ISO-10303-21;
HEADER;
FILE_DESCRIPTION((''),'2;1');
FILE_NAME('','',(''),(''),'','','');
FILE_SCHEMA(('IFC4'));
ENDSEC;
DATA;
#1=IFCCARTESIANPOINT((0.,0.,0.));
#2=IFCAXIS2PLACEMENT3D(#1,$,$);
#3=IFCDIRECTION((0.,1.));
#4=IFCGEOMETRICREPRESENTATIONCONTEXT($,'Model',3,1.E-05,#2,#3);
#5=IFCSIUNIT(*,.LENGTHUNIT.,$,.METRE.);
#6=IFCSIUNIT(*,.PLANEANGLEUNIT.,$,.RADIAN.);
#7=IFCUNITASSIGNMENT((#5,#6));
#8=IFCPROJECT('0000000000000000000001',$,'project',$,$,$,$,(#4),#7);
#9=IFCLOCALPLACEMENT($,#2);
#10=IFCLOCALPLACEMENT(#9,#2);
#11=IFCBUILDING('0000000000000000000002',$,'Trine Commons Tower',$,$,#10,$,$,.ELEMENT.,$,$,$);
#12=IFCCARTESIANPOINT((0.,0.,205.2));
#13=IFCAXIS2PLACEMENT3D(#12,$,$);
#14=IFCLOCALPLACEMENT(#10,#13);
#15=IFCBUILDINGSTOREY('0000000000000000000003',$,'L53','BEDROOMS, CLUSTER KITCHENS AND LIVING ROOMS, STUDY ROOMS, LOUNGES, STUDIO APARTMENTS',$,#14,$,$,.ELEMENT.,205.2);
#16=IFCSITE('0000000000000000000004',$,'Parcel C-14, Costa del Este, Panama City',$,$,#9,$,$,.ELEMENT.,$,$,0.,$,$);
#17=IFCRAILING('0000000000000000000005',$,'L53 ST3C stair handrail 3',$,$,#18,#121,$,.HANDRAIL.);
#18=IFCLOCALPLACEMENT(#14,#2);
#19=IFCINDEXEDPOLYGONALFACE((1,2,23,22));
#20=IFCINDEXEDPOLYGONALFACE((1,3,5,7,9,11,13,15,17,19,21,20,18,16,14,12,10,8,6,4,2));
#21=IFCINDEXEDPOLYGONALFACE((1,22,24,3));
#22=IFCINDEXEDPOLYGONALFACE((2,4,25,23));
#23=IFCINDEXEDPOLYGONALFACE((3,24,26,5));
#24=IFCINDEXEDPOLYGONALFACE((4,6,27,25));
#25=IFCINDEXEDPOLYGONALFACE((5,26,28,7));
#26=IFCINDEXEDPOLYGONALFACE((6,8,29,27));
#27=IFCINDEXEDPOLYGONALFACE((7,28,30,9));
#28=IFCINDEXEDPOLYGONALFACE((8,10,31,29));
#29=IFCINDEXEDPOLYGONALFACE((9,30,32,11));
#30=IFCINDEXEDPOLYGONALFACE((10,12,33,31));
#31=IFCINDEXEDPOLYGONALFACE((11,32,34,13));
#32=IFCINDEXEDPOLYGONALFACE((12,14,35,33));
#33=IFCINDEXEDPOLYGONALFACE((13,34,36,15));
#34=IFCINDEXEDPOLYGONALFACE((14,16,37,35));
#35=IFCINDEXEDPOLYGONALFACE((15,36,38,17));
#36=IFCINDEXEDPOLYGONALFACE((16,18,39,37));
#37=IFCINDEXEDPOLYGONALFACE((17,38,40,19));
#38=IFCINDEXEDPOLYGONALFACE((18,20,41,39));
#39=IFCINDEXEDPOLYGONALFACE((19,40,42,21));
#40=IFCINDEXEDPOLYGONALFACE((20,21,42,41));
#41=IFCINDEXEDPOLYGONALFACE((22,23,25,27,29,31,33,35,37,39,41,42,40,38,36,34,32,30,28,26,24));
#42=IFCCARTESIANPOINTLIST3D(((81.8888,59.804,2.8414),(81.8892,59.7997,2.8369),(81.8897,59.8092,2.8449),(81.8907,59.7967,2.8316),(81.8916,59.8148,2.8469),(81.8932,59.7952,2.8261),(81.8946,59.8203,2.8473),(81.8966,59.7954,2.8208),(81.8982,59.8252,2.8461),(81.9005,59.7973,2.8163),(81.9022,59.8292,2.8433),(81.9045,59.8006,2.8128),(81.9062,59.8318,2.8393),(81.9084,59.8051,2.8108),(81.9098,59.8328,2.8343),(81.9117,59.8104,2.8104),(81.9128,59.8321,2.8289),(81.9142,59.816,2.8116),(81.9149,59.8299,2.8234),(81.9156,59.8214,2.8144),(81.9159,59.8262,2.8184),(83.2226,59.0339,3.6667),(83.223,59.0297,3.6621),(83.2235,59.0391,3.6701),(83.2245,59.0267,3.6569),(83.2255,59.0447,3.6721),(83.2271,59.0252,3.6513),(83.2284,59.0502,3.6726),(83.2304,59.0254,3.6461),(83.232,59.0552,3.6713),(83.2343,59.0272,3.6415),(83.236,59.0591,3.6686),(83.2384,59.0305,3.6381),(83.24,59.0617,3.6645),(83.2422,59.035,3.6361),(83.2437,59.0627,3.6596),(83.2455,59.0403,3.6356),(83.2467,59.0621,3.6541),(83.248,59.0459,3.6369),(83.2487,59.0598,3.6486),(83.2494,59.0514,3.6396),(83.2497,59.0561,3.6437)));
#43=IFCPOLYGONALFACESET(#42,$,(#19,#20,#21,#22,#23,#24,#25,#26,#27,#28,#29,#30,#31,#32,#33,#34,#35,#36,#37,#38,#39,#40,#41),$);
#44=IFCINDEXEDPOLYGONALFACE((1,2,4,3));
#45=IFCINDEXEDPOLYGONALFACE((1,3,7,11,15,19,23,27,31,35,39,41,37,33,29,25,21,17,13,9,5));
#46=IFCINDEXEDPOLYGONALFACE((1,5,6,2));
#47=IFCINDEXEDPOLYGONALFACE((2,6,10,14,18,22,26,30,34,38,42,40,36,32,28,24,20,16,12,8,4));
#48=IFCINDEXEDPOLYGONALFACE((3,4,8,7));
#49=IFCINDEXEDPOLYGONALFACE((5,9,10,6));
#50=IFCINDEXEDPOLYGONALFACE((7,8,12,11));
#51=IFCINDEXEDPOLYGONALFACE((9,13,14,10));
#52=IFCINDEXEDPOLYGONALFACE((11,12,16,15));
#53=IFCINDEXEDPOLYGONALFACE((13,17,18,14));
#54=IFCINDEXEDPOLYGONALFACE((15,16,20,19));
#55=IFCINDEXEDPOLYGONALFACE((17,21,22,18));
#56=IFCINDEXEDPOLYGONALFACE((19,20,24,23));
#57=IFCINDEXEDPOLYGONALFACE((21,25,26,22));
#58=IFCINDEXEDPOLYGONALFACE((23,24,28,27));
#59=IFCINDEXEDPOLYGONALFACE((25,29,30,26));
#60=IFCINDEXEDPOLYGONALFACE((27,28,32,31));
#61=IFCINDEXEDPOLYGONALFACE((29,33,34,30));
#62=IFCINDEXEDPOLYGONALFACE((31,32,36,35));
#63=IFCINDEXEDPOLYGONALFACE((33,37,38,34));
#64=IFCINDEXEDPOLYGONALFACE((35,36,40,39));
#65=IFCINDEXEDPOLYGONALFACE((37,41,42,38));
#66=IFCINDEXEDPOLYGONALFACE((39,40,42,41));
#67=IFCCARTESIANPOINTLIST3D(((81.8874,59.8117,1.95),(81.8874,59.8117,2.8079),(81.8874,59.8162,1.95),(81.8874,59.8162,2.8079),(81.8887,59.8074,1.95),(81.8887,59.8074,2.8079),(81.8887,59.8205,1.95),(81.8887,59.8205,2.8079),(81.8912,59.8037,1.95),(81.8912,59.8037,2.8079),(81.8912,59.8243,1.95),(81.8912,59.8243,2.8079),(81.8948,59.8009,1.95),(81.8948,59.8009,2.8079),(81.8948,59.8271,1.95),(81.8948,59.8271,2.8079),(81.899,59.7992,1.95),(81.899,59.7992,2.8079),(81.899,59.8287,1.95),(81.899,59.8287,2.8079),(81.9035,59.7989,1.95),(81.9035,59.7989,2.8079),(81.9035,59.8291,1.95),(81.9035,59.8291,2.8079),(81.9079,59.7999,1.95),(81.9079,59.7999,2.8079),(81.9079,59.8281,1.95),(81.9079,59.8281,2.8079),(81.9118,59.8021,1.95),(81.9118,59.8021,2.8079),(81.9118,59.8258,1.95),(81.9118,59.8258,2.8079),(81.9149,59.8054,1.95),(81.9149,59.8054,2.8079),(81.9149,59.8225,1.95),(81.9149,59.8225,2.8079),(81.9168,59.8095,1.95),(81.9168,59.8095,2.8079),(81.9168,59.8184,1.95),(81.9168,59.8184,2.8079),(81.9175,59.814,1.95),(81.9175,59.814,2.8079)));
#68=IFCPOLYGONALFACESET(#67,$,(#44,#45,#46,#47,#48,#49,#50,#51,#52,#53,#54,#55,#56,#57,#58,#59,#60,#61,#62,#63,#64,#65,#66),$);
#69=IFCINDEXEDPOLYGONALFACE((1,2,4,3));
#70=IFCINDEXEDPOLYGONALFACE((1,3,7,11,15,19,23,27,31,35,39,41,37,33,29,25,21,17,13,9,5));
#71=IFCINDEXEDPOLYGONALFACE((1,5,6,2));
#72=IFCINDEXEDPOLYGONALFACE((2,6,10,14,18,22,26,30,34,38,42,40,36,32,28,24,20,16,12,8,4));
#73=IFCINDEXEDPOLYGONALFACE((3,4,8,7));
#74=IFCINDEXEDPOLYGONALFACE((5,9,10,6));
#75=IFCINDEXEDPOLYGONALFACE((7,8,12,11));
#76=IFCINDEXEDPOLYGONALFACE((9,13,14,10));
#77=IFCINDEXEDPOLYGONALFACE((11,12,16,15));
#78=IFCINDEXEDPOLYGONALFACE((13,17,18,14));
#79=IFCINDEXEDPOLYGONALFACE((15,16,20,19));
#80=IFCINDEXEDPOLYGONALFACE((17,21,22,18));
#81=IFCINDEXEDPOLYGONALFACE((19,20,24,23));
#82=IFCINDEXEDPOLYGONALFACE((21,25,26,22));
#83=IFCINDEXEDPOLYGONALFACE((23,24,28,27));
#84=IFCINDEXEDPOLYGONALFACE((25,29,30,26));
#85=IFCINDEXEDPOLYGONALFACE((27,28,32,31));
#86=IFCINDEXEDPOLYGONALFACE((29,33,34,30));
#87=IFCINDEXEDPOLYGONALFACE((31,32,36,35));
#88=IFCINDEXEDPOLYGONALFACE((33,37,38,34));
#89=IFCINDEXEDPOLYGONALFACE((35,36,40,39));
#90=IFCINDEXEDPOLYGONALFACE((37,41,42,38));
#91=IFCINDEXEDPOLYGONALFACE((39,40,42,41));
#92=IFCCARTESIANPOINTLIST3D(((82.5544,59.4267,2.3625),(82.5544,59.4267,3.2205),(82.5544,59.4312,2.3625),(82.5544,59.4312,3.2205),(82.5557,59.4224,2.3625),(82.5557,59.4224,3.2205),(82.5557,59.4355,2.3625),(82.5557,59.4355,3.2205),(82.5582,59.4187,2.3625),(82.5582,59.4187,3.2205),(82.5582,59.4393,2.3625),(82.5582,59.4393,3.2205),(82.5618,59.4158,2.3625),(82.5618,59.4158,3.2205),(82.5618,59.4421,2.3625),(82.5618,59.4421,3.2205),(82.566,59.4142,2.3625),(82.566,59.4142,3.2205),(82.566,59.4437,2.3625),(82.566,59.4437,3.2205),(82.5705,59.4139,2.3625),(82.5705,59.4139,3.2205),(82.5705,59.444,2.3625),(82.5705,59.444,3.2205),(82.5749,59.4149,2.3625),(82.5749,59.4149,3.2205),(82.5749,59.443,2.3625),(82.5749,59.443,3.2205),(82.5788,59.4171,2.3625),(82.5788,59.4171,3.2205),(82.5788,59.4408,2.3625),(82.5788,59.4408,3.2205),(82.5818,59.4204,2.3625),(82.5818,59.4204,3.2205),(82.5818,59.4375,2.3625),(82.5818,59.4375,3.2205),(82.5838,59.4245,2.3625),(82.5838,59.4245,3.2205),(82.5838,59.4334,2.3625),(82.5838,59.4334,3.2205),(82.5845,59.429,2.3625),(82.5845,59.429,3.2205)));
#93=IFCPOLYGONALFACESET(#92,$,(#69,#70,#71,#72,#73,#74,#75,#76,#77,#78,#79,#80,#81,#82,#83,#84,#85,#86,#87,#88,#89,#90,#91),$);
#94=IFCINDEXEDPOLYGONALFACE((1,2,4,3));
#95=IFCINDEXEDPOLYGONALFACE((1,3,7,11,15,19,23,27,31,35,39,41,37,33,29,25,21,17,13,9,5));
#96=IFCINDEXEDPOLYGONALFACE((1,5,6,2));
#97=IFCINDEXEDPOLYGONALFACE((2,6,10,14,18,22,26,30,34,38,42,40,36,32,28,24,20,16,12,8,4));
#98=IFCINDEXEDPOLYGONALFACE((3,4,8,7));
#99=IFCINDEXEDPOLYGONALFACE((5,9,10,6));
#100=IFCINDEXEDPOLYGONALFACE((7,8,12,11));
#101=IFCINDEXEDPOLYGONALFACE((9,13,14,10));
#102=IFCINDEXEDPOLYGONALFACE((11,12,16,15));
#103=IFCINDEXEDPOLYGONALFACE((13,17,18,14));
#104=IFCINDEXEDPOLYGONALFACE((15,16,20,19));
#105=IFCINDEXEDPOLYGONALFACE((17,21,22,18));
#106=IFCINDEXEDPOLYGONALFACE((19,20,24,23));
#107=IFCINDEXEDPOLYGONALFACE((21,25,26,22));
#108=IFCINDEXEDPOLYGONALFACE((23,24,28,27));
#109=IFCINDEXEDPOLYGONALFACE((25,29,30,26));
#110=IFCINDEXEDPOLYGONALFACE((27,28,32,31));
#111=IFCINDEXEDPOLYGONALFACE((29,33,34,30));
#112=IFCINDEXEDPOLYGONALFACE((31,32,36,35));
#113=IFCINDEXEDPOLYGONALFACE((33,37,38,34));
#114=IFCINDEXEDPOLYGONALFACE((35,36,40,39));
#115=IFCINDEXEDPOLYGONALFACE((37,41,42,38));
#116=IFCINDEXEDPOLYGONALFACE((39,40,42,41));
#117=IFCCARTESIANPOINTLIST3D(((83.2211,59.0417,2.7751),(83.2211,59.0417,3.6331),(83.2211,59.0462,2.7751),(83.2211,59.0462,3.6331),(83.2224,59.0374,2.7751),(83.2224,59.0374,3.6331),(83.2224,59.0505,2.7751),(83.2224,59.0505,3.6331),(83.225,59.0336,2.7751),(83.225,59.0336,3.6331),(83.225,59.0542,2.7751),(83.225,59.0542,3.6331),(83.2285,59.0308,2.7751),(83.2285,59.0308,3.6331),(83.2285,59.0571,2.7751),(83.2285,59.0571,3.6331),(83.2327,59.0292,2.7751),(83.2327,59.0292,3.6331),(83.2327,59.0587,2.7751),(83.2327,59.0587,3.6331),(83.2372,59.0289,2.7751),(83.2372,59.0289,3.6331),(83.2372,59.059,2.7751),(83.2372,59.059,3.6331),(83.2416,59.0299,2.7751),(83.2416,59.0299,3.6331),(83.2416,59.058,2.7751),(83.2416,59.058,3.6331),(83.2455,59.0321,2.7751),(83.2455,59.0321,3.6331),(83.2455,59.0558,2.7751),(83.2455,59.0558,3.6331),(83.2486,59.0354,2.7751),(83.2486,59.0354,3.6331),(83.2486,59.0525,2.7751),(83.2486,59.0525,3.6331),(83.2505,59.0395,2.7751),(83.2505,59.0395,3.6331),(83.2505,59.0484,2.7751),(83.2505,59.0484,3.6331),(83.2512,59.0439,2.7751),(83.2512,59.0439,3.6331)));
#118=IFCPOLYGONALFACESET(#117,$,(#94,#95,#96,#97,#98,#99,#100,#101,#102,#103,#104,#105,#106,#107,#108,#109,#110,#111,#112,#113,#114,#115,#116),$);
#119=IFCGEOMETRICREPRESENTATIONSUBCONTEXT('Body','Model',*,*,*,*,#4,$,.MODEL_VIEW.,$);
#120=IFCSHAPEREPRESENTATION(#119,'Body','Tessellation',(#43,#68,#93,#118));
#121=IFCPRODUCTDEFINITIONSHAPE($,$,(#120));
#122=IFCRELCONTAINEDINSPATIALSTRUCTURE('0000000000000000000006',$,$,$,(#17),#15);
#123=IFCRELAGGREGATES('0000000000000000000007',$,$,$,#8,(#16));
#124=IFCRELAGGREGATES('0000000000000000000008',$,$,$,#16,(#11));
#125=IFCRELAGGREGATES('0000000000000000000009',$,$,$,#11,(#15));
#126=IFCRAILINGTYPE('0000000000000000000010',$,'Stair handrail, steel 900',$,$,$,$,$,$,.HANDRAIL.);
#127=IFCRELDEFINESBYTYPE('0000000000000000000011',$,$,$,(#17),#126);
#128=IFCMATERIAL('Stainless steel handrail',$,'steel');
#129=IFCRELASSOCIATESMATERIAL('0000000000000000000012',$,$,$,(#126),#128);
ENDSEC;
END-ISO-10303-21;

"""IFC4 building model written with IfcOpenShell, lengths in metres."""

from ifc_helpers import new_model, si_unit, direction, frame, origin, origin_2d, place, context, subcontext, project, spatial, circle, extrude, material, type_object, element, save


model = new_model("IFC4")

# Units and contexts
model_context = context("Model", 3, precision=1e-05, world=origin(), true_north=direction((0.0, 1.0)))
body_context = subcontext(model_context, "Body", "Model", "MODEL_VIEW")
ifc_project = project(units=[si_unit("LENGTHUNIT", "METRE"), si_unit("PLANEANGLEUNIT", "RADIAN")], contexts=[model_context])

# Site, building, storey
site_placement = place(None, origin())
site = spatial("IfcSite", under=ifc_project, at=site_placement, Name="Parcel C-14, Costa del Este, Panama City", CompositionType="ELEMENT", RefElevation=0.0)
building_placement = place(site_placement, origin())
building = spatial("IfcBuilding", under=site, at=building_placement, Name="Trine Commons Tower", CompositionType="ELEMENT")
storey_placement = place(building_placement, frame((0.0, 0.0, 205.2)))
storey = spatial("IfcBuildingStorey", under=building, at=storey_placement, Name="L53", Description="BEDROOMS, CLUSTER KITCHENS AND LIVING ROOMS, STUDY ROOMS, LOUNGES, STUDIO APARTMENTS", CompositionType="ELEMENT", Elevation=205.2)

# Railing
ifc_material_1 = material(Name="Stainless steel handrail", Category="steel")
railing_type_1 = type_object("IfcRailingType", Name="Stair handrail, steel 900", PredefinedType="HANDRAIL", material=ifc_material_1)
railing_1_placement = place(storey_placement, frame((81.9023, 59.814, 1.95)))
element("IfcRailing", 1, at=railing_1_placement, inside=storey, type_object=railing_type_1, Name="L53 ST3C stair handrail 3", PredefinedType="HANDRAIL", context=body_context, shape_type="SweptSolid", body=[
    extrude(circle(Radius=0.021, at=origin_2d()), frame((0.0, 0.0, 0.8789), z_axis=(0.763355, -0.440714, 0.472293), x_axis=(0.499992, 0.86603, 0.0)), (0.0, 0.0, 1.0), 1.7473),
    extrude(circle(Radius=0.0151, at=origin_2d()), origin(), (0.0, 0.0, 1.0), 0.8579),
    extrude(circle(Radius=0.0151, at=origin_2d()), frame((0.667, -0.385, 0.4126)), (0.0, 0.0, 1.0), 0.8579),
    extrude(circle(Radius=0.0151, at=origin_2d()), frame((1.3337, -0.77, 0.8252)), (0.0, 0.0, 1.0), 0.8579),
])

save(model, "model.ifc")
